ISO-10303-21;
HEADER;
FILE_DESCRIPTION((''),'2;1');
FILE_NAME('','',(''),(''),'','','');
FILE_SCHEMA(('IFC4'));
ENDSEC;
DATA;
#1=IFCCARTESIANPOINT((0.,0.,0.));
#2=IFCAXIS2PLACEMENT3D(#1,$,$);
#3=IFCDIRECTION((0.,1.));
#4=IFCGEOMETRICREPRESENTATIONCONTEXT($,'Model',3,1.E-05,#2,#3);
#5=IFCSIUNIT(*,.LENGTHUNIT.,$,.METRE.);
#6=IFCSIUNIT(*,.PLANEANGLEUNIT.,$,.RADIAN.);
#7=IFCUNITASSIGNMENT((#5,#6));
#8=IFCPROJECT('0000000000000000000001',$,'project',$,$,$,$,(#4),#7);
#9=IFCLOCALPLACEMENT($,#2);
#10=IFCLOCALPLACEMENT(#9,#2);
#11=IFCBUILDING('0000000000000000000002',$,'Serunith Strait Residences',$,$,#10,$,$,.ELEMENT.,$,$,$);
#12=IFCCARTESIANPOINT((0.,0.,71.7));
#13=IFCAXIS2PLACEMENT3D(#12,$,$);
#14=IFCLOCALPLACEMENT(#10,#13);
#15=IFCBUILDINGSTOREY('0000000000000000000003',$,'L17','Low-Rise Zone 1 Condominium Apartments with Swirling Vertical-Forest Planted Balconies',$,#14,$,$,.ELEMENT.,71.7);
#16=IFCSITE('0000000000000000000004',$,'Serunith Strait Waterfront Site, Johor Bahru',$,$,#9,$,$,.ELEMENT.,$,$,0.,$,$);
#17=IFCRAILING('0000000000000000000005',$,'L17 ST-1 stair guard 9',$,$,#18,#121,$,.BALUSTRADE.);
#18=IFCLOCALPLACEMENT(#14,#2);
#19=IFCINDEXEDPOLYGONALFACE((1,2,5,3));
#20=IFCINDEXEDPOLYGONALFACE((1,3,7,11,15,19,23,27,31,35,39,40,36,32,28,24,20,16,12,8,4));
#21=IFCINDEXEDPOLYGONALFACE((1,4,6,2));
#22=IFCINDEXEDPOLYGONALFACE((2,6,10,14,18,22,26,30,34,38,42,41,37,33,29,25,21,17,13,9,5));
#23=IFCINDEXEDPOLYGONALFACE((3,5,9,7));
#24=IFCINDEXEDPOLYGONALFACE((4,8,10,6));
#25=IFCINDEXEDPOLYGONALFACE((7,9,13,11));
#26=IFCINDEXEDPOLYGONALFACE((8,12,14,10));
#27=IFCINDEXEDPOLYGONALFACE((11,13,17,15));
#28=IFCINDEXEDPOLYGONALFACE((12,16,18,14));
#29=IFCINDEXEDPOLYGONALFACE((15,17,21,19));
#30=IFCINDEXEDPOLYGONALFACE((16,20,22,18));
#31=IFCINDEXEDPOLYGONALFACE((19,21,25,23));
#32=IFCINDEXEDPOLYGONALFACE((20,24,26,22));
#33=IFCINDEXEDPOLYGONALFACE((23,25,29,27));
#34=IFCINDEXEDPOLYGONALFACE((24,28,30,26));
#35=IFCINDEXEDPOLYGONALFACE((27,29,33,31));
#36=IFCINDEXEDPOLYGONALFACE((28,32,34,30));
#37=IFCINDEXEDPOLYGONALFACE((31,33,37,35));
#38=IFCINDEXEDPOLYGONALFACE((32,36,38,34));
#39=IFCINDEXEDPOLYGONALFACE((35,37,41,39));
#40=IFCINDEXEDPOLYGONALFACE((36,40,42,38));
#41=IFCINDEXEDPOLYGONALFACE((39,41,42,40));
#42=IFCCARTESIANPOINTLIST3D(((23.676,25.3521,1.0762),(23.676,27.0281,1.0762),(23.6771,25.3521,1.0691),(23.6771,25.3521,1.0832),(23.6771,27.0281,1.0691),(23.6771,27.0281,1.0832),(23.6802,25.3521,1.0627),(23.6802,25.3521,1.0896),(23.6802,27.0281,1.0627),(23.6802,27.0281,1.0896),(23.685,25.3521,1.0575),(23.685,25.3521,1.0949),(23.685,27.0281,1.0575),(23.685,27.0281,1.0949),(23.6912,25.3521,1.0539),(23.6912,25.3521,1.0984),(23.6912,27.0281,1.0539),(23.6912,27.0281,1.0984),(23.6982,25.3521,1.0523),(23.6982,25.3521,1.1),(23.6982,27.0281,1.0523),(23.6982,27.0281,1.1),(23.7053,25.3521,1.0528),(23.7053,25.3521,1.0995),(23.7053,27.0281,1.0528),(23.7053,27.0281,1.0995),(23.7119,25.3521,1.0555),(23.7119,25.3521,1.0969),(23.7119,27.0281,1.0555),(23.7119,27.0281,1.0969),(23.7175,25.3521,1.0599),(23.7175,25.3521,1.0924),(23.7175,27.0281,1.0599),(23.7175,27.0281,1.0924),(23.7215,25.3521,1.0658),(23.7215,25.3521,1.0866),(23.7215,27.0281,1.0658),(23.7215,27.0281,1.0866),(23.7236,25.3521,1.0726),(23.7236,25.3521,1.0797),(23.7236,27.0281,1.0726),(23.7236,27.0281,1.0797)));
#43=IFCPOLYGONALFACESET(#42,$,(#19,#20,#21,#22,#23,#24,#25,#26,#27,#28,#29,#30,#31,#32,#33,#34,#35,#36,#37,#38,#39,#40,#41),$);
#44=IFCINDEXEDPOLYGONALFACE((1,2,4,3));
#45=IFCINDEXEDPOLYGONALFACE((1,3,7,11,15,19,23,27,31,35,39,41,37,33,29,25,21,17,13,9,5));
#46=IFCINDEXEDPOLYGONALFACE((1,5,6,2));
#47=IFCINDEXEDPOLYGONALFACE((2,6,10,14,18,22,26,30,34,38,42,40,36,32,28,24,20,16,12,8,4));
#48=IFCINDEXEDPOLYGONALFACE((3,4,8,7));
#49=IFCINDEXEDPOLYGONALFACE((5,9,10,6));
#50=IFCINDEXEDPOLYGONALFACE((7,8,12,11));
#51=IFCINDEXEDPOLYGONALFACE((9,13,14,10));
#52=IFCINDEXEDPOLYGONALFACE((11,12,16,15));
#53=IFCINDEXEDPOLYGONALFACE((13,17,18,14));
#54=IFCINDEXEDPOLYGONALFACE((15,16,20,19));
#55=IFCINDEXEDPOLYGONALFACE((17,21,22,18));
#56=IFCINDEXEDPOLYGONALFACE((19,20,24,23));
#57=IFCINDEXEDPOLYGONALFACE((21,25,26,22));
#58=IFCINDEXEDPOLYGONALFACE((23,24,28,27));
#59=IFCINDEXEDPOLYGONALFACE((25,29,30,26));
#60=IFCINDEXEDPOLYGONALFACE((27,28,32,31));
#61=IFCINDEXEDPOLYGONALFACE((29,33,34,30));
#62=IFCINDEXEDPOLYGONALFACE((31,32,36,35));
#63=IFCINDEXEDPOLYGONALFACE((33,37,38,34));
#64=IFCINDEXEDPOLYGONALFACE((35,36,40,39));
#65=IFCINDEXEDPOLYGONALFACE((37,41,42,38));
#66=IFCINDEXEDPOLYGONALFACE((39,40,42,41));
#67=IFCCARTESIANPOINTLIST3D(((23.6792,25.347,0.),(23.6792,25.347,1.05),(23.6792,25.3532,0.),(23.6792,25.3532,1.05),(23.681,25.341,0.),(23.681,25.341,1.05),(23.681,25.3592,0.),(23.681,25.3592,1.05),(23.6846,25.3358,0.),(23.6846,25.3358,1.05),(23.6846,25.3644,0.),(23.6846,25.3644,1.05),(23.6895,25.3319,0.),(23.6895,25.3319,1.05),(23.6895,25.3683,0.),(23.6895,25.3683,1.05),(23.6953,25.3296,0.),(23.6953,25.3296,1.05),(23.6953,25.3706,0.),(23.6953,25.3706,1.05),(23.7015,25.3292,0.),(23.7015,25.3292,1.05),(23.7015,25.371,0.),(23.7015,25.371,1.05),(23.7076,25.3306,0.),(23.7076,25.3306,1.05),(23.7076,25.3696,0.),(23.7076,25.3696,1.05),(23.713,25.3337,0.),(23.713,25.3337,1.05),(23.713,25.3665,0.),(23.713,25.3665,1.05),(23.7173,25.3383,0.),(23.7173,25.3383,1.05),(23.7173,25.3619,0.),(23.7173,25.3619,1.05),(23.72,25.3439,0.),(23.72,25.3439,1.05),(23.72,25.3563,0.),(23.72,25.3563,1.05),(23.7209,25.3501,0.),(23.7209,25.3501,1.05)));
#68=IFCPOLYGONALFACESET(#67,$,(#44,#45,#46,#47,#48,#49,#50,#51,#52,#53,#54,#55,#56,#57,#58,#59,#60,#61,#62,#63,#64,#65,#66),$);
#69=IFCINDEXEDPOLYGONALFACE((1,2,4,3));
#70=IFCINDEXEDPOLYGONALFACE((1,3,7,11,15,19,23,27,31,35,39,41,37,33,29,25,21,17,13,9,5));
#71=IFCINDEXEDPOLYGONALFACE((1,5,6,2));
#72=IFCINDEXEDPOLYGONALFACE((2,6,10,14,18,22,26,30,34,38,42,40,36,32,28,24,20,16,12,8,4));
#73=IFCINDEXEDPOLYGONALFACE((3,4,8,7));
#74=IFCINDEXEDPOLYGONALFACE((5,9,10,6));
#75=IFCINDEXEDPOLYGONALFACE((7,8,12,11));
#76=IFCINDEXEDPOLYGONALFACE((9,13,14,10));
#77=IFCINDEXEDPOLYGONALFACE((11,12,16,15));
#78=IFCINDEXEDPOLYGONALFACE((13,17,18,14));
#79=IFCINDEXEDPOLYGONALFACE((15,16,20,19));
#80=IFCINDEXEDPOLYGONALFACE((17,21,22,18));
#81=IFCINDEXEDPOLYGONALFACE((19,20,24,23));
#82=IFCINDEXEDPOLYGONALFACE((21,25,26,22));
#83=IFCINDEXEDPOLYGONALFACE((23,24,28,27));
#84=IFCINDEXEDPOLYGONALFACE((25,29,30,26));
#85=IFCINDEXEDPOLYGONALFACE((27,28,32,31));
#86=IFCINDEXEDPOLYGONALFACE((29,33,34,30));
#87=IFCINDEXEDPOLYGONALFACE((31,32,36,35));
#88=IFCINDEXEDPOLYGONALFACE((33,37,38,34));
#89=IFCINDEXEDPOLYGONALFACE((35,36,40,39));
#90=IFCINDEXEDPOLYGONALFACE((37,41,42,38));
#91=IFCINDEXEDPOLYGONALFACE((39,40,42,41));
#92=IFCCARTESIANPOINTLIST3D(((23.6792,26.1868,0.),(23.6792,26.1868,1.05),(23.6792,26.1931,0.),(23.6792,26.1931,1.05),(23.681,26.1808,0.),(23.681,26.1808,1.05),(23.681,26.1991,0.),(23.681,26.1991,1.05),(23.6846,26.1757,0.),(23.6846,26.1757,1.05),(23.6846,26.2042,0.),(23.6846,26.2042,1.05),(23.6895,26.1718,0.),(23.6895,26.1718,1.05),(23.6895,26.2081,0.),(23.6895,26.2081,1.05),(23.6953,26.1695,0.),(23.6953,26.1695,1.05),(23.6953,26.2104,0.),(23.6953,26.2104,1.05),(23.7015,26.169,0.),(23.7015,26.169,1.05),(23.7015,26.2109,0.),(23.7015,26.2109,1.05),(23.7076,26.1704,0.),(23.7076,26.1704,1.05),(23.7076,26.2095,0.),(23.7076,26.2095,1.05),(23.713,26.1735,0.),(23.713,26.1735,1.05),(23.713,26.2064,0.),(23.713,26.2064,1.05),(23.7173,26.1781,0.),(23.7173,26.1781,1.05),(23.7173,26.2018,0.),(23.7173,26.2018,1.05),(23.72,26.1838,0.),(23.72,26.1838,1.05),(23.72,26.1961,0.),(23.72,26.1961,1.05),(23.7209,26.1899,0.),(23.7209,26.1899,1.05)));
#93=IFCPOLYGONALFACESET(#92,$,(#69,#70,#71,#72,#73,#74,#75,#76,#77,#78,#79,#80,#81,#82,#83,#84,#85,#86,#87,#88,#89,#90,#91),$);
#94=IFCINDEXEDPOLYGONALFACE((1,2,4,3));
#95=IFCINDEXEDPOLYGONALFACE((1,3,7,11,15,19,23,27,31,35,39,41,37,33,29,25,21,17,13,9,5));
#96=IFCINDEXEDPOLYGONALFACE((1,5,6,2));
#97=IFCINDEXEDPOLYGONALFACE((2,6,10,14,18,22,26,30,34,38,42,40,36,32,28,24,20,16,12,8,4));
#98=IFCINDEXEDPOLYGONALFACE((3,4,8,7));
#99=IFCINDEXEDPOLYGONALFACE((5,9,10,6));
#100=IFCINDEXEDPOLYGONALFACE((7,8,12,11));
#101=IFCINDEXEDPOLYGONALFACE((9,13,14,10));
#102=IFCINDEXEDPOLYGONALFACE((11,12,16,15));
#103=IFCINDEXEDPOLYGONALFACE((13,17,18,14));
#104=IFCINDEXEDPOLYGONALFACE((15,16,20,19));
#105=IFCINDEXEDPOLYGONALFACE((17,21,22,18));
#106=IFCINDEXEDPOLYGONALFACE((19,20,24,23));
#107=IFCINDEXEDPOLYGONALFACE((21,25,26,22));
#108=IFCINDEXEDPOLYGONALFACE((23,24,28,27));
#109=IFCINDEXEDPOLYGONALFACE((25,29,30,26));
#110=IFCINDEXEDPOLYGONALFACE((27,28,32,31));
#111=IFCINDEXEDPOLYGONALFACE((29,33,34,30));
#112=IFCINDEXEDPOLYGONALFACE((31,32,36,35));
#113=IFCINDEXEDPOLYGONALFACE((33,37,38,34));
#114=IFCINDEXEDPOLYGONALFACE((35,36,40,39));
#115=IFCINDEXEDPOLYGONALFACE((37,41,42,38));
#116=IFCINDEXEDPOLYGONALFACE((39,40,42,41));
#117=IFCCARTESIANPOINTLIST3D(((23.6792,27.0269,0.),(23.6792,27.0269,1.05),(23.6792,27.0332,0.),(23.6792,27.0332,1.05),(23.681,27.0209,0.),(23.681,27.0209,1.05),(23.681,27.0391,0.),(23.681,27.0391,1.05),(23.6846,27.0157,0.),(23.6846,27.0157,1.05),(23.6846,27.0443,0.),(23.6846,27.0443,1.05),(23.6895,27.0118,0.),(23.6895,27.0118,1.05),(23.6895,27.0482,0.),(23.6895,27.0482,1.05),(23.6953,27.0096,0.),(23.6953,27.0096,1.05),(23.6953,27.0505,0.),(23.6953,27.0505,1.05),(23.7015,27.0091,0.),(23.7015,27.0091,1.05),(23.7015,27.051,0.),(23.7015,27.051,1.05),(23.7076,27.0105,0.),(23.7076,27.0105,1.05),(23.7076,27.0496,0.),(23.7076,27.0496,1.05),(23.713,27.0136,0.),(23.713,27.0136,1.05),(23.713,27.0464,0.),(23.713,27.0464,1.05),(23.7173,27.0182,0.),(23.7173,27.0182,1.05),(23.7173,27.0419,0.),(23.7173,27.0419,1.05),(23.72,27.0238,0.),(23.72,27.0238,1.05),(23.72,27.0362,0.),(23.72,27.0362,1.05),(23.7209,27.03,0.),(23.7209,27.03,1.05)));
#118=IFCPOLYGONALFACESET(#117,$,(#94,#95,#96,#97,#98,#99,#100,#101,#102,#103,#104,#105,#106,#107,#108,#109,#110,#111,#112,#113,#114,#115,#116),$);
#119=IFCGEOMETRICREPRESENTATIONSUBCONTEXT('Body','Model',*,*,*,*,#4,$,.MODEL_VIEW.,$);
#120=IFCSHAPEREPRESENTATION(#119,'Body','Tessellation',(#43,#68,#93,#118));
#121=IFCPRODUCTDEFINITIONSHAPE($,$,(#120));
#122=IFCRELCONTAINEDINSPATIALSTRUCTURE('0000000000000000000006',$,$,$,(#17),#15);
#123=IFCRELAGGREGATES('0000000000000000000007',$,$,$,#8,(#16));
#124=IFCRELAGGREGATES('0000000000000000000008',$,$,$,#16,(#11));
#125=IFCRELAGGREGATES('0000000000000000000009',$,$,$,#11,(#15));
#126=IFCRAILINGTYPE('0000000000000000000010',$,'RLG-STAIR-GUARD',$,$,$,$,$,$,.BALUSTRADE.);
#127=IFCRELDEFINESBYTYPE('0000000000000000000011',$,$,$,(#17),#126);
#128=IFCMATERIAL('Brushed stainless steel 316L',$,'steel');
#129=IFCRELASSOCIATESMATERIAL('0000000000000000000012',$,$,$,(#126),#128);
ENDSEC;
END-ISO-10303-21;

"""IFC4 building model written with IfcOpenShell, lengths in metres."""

from ifc_helpers import new_model, si_unit, direction, frame, origin, origin_2d, place, context, subcontext, project, spatial, circle, extrude, material, type_object, element, save


model = new_model("IFC4")

# Units and contexts
model_context = context("Model", 3, precision=1e-05, world=origin(), true_north=direction((0.0, 1.0)))
body_context = subcontext(model_context, "Body", "Model", "MODEL_VIEW")
ifc_project = project(units=[si_unit("LENGTHUNIT", "METRE"), si_unit("PLANEANGLEUNIT", "RADIAN")], contexts=[model_context])

# Site, building, storey
site_placement = place(None, origin())
site = spatial("IfcSite", under=ifc_project, at=site_placement, Name="Serunith Strait Waterfront Site, Johor Bahru", CompositionType="ELEMENT", RefElevation=0.0)
building_placement = place(site_placement, origin())
building = spatial("IfcBuilding", under=site, at=building_placement, Name="Serunith Strait Residences", CompositionType="ELEMENT")
storey_placement = place(building_placement, frame((0.0, 0.0, 71.7)))
storey = spatial("IfcBuildingStorey", under=building, at=storey_placement, Name="L17", Description="Low-Rise Zone 1 Condominium Apartments with Swirling Vertical-Forest Planted Balconies", CompositionType="ELEMENT", Elevation=71.7)

# Railing
ifc_material_1 = material(Name="Brushed stainless steel 316L", Category="steel")
railing_type_1 = type_object("IfcRailingType", Name="RLG-STAIR-GUARD", PredefinedType="BALUSTRADE", material=ifc_material_1)
for number, where, name in (
    (1, (23.7, 25.3501, 0.0), "L17 ST-1 stair guard 9"),
):
    element("IfcRailing", number, at=place(storey_placement, frame(where)), inside=storey, type_object=railing_type_1, Name=name, PredefinedType="BALUSTRADE", context=body_context, shape_type="SweptSolid", body=[
        extrude(circle(Radius=0.0239, at=origin_2d()), frame((0.0, 0.002, 1.0762), z_axis=(0.0, 1.0, 0.0), x_axis=(-1.0, 0.0, 0.0)), (0.0, 0.0, 1.0), 1.676),
        extrude(circle(Radius=0.021, at=origin_2d()), origin(), (0.0, 0.0, 1.0), 1.05),
        extrude(circle(Radius=0.021, at=origin_2d()), frame((0.0, 0.8398, 0.0)), (0.0, 0.0, 1.0), 1.05),
        extrude(circle(Radius=0.021, at=origin_2d()), frame((0.0, 1.6799, 0.0)), (0.0, 0.0, 1.0), 1.05),
    ])

save(model, "model.ifc")
